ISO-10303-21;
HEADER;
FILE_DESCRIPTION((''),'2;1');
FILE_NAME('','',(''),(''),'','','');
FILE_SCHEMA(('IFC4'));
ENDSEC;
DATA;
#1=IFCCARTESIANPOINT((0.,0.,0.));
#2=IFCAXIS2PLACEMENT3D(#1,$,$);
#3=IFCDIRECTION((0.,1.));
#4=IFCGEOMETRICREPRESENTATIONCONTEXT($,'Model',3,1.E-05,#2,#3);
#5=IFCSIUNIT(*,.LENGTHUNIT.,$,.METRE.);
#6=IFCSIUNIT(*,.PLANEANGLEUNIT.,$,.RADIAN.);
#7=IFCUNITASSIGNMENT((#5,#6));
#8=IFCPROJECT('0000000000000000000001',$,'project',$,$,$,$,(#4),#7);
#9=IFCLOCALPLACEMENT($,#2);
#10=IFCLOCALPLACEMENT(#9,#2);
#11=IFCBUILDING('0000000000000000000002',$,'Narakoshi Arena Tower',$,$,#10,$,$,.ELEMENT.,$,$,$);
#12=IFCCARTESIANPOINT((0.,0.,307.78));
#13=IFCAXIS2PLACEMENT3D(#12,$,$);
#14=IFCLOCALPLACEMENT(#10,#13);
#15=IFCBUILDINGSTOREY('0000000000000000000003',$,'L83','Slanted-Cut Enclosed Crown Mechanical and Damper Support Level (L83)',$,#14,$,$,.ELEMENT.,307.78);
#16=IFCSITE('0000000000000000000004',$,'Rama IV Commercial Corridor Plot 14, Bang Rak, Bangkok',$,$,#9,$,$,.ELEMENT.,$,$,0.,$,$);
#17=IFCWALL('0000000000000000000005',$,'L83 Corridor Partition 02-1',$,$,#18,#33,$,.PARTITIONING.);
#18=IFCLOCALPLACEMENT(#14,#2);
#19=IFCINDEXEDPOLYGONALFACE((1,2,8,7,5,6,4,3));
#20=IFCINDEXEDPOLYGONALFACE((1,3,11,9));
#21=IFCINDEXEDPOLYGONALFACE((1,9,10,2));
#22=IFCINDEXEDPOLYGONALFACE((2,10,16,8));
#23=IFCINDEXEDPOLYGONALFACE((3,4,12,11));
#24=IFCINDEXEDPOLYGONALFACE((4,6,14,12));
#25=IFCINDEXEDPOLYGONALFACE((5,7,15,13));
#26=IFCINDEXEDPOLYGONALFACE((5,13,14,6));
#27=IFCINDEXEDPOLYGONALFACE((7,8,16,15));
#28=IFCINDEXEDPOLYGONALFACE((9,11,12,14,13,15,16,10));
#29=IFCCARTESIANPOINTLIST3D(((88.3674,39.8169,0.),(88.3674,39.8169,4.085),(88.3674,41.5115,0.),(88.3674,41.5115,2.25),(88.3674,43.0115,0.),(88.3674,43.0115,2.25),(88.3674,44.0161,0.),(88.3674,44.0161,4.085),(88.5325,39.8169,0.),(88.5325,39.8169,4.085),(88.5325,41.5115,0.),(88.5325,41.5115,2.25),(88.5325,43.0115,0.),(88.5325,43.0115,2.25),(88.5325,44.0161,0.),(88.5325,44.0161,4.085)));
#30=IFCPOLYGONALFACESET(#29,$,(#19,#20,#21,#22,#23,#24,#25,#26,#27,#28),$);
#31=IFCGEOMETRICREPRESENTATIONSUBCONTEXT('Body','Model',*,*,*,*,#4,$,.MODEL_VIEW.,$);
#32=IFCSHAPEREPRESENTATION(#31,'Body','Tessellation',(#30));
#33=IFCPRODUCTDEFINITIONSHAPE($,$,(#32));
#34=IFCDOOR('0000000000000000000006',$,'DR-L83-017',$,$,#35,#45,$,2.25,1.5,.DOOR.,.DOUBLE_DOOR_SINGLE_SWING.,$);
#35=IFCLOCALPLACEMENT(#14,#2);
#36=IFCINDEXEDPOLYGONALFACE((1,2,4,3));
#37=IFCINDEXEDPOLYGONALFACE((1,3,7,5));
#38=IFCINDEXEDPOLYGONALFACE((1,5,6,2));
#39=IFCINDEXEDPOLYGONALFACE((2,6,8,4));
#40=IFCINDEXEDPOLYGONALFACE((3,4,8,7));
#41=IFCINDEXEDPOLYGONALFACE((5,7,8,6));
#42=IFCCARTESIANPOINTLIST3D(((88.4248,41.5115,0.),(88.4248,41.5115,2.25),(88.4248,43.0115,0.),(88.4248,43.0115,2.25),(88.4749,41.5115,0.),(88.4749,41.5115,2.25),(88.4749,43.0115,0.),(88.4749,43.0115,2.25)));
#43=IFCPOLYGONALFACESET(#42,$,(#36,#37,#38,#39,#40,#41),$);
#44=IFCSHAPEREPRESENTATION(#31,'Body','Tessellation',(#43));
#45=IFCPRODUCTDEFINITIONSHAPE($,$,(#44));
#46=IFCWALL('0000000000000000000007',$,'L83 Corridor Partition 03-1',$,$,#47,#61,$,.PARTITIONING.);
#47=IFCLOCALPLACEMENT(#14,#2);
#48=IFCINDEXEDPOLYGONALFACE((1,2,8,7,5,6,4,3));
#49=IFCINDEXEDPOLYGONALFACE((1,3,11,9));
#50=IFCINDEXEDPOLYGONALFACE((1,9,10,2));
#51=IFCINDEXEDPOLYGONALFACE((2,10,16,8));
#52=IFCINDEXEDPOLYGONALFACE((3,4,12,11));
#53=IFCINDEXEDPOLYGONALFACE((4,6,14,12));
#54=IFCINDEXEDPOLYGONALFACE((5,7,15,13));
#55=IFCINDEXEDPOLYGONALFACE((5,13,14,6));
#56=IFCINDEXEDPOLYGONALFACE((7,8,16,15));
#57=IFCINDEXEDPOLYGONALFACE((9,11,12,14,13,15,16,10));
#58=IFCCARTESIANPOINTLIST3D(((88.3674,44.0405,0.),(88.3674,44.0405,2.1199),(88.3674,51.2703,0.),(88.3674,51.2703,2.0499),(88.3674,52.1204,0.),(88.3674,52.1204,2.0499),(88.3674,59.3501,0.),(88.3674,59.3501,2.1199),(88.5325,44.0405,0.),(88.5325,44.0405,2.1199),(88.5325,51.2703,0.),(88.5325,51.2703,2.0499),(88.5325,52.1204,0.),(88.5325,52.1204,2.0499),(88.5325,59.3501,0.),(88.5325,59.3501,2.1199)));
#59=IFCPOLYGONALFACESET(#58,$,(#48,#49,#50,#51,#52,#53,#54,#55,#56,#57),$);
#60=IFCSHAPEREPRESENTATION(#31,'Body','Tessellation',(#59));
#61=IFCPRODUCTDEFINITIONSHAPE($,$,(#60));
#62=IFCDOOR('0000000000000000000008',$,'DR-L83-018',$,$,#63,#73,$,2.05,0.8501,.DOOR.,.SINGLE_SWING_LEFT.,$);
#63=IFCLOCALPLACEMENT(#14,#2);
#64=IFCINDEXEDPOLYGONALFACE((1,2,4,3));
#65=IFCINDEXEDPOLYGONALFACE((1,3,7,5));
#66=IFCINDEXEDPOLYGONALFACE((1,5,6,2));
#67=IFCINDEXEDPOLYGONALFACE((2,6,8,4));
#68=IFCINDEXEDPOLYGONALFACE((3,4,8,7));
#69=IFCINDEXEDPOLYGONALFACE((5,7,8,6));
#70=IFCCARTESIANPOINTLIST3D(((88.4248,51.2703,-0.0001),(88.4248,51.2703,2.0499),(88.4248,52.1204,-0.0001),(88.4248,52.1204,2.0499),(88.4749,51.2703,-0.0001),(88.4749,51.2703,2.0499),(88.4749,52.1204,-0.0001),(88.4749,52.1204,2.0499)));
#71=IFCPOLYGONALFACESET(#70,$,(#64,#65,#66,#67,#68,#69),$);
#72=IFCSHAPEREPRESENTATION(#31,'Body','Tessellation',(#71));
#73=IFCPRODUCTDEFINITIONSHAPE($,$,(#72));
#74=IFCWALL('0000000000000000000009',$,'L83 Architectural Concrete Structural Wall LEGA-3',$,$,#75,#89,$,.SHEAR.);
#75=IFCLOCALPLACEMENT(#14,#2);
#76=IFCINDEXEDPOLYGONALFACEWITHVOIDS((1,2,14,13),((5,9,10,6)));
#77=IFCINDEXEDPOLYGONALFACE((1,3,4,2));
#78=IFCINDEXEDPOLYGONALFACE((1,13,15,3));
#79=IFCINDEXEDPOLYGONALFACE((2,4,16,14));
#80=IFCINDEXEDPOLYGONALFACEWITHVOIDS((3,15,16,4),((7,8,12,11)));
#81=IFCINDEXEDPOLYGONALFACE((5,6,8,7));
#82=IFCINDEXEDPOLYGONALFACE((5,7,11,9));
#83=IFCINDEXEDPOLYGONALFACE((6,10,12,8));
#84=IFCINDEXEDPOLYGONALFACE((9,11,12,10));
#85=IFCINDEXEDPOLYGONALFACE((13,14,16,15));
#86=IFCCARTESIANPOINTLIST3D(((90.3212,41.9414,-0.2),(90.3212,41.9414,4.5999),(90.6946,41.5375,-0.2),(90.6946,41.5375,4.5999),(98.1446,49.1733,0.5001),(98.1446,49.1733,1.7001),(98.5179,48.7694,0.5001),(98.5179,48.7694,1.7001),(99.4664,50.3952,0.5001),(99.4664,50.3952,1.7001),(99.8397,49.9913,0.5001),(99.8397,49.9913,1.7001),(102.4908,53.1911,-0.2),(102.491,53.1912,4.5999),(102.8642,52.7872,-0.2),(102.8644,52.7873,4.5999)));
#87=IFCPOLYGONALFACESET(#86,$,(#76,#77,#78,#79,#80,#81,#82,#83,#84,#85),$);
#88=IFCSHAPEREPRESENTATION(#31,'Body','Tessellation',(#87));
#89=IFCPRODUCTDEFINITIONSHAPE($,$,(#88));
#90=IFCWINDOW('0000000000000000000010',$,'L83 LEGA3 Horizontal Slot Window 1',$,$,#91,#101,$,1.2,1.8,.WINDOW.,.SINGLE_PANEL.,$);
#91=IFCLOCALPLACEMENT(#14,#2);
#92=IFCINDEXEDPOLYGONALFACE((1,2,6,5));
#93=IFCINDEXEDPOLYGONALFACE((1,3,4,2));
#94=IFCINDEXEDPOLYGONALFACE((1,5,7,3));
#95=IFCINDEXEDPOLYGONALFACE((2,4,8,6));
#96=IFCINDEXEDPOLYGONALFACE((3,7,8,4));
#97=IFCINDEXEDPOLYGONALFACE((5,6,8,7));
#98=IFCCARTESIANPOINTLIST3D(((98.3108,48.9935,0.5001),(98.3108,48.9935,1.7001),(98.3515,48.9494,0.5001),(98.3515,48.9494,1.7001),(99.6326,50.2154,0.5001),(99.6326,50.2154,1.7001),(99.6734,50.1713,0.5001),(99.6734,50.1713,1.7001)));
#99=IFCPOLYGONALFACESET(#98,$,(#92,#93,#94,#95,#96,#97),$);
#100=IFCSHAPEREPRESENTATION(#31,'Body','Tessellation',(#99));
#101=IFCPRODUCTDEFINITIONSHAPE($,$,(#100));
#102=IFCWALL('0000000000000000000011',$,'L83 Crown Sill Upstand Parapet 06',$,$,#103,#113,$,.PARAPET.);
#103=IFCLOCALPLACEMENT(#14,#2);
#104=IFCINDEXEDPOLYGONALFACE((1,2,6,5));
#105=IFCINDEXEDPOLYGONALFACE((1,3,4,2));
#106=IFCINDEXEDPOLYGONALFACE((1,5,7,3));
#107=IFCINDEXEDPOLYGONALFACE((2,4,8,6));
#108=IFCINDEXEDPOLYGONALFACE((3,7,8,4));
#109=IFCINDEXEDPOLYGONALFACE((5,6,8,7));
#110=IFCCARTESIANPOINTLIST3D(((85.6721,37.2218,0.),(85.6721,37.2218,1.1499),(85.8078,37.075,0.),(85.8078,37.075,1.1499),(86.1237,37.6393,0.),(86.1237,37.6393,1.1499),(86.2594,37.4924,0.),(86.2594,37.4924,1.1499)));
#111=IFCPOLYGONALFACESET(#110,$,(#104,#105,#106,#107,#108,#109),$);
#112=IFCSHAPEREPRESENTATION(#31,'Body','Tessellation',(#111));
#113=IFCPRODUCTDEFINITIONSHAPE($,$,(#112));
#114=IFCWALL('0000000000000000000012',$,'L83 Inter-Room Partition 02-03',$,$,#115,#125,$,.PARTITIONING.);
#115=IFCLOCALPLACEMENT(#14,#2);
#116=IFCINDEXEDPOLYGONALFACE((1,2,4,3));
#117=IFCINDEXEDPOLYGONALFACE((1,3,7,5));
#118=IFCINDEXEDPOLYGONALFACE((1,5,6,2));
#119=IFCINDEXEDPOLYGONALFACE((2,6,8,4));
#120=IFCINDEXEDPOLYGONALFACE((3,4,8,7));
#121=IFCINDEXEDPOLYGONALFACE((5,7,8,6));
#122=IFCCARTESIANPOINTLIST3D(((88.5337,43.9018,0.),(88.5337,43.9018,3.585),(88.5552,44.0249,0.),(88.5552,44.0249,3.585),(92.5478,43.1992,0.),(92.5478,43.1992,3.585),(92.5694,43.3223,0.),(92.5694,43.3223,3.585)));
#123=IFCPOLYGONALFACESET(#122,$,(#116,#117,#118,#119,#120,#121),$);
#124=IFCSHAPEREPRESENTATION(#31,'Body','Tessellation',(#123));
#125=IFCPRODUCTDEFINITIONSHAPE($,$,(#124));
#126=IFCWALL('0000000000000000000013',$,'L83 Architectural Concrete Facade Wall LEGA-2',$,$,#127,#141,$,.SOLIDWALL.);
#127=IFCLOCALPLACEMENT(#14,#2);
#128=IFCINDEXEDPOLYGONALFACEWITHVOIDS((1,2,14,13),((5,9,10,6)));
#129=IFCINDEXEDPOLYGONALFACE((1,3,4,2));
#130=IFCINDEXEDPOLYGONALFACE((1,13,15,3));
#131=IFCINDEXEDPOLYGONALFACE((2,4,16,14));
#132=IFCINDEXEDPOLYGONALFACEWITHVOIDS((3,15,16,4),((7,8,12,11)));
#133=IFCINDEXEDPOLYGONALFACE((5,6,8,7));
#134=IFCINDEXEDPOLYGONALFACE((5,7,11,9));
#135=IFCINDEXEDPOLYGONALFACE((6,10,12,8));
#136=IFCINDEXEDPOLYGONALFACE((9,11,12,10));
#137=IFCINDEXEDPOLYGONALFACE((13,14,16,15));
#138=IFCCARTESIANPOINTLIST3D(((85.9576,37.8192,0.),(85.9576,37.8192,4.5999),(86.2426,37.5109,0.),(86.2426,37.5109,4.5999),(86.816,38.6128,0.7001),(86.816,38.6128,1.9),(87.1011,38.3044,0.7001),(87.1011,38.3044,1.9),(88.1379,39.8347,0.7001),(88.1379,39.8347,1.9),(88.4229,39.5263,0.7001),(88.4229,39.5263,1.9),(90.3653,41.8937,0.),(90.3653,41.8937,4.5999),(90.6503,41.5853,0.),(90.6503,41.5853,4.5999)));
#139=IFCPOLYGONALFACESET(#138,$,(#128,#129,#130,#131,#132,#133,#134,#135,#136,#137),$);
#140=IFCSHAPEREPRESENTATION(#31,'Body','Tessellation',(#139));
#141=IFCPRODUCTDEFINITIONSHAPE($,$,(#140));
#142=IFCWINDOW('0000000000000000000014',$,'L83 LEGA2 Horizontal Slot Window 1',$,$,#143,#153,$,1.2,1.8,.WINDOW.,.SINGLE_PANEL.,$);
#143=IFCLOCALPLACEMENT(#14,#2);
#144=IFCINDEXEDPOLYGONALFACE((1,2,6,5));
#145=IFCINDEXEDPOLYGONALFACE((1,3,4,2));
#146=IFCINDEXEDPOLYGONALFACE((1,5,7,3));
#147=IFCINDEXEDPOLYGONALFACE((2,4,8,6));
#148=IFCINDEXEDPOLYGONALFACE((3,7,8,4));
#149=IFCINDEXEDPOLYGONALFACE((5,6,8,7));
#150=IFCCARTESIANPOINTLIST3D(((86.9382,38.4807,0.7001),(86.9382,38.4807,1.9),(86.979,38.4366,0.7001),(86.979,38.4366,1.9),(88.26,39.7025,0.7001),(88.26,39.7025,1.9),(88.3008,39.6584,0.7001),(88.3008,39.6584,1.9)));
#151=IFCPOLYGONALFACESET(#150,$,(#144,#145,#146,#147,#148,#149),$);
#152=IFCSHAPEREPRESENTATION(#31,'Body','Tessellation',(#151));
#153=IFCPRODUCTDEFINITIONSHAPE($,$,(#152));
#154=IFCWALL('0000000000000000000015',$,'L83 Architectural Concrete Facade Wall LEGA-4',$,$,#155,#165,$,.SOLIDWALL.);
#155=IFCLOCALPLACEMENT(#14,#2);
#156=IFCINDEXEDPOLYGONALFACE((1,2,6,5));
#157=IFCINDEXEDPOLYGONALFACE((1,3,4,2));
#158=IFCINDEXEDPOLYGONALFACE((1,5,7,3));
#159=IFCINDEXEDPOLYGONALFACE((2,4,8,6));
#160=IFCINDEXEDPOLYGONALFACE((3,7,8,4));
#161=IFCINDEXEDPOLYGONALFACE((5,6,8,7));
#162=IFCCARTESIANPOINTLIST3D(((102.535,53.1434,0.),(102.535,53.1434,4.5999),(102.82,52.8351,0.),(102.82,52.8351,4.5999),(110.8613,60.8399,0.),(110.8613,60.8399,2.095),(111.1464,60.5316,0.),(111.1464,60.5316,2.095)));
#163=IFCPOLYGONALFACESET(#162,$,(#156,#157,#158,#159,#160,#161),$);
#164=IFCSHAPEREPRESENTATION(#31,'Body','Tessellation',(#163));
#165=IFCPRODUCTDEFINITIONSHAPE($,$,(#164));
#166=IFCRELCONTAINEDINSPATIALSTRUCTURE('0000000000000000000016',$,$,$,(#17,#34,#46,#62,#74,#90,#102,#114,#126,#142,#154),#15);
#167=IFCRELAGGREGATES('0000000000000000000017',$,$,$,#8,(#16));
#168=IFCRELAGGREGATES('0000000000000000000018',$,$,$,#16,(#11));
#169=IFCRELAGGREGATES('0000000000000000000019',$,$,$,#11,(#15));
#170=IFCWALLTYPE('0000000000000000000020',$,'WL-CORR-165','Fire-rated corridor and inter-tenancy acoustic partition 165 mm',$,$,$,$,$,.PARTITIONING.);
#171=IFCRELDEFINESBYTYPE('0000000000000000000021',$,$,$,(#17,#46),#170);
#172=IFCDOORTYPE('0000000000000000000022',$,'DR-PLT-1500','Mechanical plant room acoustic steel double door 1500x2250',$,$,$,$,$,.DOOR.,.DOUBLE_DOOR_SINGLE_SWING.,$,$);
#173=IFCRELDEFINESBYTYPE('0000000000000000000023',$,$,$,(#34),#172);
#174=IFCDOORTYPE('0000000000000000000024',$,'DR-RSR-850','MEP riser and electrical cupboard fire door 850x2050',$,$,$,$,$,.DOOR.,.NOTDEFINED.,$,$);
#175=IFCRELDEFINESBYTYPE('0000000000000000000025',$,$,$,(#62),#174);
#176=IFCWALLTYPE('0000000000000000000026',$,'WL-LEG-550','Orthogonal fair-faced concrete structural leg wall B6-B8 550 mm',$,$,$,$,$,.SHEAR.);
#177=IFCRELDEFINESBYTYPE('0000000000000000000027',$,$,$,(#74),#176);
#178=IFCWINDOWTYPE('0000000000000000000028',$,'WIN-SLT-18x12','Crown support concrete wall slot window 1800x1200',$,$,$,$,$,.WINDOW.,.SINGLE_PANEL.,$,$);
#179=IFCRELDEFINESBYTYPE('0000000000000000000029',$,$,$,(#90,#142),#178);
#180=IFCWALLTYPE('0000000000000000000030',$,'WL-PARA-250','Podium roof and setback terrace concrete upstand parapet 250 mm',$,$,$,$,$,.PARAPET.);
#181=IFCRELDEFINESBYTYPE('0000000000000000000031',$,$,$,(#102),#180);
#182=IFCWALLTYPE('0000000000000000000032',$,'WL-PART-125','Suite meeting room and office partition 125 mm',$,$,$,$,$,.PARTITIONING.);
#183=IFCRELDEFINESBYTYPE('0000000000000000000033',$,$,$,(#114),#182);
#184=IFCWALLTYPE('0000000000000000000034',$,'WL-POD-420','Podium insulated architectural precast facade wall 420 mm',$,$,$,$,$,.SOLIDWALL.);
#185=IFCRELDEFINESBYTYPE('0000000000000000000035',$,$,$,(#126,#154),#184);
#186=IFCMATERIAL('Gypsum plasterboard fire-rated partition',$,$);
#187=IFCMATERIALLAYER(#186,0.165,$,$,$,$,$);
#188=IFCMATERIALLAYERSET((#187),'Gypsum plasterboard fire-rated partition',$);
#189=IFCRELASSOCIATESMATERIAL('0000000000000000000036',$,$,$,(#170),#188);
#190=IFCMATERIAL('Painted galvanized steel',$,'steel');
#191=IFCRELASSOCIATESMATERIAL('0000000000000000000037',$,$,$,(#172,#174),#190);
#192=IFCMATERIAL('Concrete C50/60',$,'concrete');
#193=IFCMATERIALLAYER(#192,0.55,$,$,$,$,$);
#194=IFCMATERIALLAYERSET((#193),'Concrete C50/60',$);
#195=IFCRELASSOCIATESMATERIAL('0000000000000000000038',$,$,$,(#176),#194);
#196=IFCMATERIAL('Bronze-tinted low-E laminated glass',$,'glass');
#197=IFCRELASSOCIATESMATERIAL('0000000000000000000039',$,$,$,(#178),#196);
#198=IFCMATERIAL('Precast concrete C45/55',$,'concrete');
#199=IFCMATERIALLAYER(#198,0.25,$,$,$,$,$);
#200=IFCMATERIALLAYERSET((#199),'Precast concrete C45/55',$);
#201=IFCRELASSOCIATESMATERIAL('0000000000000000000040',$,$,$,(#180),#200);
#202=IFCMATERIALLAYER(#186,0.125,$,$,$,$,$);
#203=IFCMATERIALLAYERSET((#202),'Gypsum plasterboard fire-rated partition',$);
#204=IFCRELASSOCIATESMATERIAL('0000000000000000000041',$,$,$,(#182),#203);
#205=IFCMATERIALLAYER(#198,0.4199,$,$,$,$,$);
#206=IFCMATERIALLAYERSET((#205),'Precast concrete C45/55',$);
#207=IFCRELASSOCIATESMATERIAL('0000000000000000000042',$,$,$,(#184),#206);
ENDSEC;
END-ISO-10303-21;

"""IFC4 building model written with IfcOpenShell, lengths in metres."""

from ifc_helpers import new_model, si_unit, direction, frame, frame_2d, origin, place, context, subcontext, project, spatial, polyline, rectangle, outline, extrude, material, layer, layer_set, type_object, element, fill, save


model = new_model("IFC4")

# Units and contexts
model_context = context("Model", 3, precision=1e-05, world=origin(), true_north=direction((0.0, 1.0)))
body_context = subcontext(model_context, "Body", "Model", "MODEL_VIEW")
ifc_project = project(units=[si_unit("LENGTHUNIT", "METRE"), si_unit("PLANEANGLEUNIT", "RADIAN")], contexts=[model_context])

# Site, building, storey
site_placement = place(None, origin())
site = spatial("IfcSite", under=ifc_project, at=site_placement, Name="Rama IV Commercial Corridor Plot 14, Bang Rak, Bangkok", CompositionType="ELEMENT", RefElevation=0.0)
building_placement = place(site_placement, origin())
building = spatial("IfcBuilding", under=site, at=building_placement, Name="Narakoshi Arena Tower", CompositionType="ELEMENT")
storey_placement = place(building_placement, frame((0.0, 0.0, 307.78)))
storey = spatial("IfcBuildingStorey", under=building, at=storey_placement, Name="L83", Description="Slanted-Cut Enclosed Crown Mechanical and Damper Support Level (L83)", CompositionType="ELEMENT", Elevation=307.78)

# Shared definitions
ifc_material_1 = material(Name="Concrete C50/60", Category="concrete")

# Walls, openings, doors
ifc_material_2 = material(Name="Gypsum plasterboard fire-rated partition")
ifc_layer_1 = layer(ifc_material_2, 0.165)
ifc_layer_set_1 = layer_set([ifc_layer_1], Name="Gypsum plasterboard fire-rated partition")
wall_type_1 = type_object("IfcWallType", Name="WL-CORR-165", Description="Fire-rated corridor and inter-tenancy acoustic partition 165 mm", PredefinedType="PARTITIONING", material=ifc_layer_set_1)
wall_1_placement = place(storey_placement, frame((88.45, 39.8169, 0.0), z_axis=(0.0, 0.0, 1.0), x_axis=(0.0, 1.0, 0.0)))
wall_1 = element("IfcWall", 1, at=wall_1_placement, inside=storey, type_object=wall_type_1, Name="L83 Corridor Partition 02-1", PredefinedType="PARTITIONING", context=body_context, shape_type="SweptSolid", body=[
    extrude(rectangle(XDim=4.1992, YDim=0.165, at=frame_2d((2.0996, 0.0))), origin(), (0.0, 0.0, 1.0), 4.085),
])
opening_1_placement = place(wall_1_placement, frame((1.6946, 0.0, 0.0)))
opening_1 = element("IfcOpeningElement", 2, at=opening_1_placement, cuts=wall_1, PredefinedType="OPENING", context=body_context, shape_type="SweptSolid", body=[
    extrude(rectangle(XDim=1.5, YDim=2.25, at=frame_2d((0.75, 1.125))), frame((0.0, 0.0925, 0.0), z_axis=(0.0, -1.0, 0.0), x_axis=(1.0, 0.0, 0.0)), (0.0, 0.0, 1.0), 0.1851),
])
ifc_material_3 = material(Name="Painted galvanized steel", Category="steel")
door_type_1 = type_object("IfcDoorType", Name="DR-PLT-1500", Description="Mechanical plant room acoustic steel double door 1500x2250", OperationType="DOUBLE_DOOR_SINGLE_SWING", PredefinedType="DOOR", material=ifc_material_3)
door_1_placement = place(opening_1_placement, frame((1.5, 0.0, 0.0), z_axis=(0.0, 0.0, 1.0), x_axis=(-1.0, 0.0, 0.0)))
door_1 = element("IfcDoor", 3, at=door_1_placement, inside=storey, type_object=door_type_1, Name="DR-L83-017", OperationType="DOUBLE_DOOR_SINGLE_SWING", OverallHeight=2.25, OverallWidth=1.5, PredefinedType="DOOR", context=body_context, shape_type="SweptSolid", body=[
    extrude(rectangle(XDim=1.5, YDim=2.25, at=frame_2d((0.75, 1.125))), frame((0.0, 0.0249, 0.0), z_axis=(0.0, -1.0, 0.0), x_axis=(1.0, 0.0, 0.0)), (0.0, 0.0, 1.0), 0.05),
])
fill(opening_1, door_1)
wall_2_placement = place(storey_placement, frame((88.45, 44.0405, 0.0), z_axis=(0.0, 0.0, 1.0), x_axis=(0.0, 1.0, 0.0)))
wall_2 = element("IfcWall", 4, at=wall_2_placement, inside=storey, type_object=wall_type_1, Name="L83 Corridor Partition 03-1", PredefinedType="PARTITIONING", context=body_context, shape_type="SweptSolid", body=[
    extrude(rectangle(XDim=15.3096, YDim=0.165, at=frame_2d((7.6548, 0.0))), origin(), (0.0, 0.0, 1.0), 2.1199),
])
opening_2_placement = place(wall_2_placement, frame((7.2297, 0.0, 0.0)))
opening_2 = element("IfcOpeningElement", 5, at=opening_2_placement, cuts=wall_2, PredefinedType="OPENING", context=body_context, shape_type="SweptSolid", body=[
    extrude(rectangle(XDim=0.8501, YDim=2.05, at=frame_2d((0.425, 1.0249))), frame((0.0, 0.0925, 0.0), z_axis=(0.0, -1.0, 0.0), x_axis=(1.0, 0.0, 0.0)), (0.0, 0.0, 1.0), 0.1851),
])
door_type_2 = type_object("IfcDoorType", Name="DR-RSR-850", Description="MEP riser and electrical cupboard fire door 850x2050", OperationType="NOTDEFINED", PredefinedType="DOOR", material=ifc_material_3)
door_2_placement = place(opening_2_placement, frame((0.8501, 0.0, 0.0), z_axis=(0.0, 0.0, 1.0), x_axis=(-1.0, 0.0, 0.0)))
door_2 = element("IfcDoor", 6, at=door_2_placement, inside=storey, type_object=door_type_2, Name="DR-L83-018", OperationType="SINGLE_SWING_LEFT", OverallHeight=2.05, OverallWidth=0.8501, PredefinedType="DOOR", context=body_context, shape_type="SweptSolid", body=[
    extrude(rectangle(XDim=0.8501, YDim=2.05, at=frame_2d((0.425, 1.0249))), frame((0.0, 0.0249, 0.0), z_axis=(0.0, -1.0, 0.0), x_axis=(1.0, 0.0, 0.0)), (0.0, 0.0, 1.0), 0.05),
])
fill(opening_2, door_2)

# Wall, opening, window
ifc_layer_2 = layer(ifc_material_1, 0.55)
ifc_layer_set_2 = layer_set([ifc_layer_2], Name="Concrete C50/60")
wall_type_2 = type_object("IfcWallType", Name="WL-LEG-550", Description="Orthogonal fair-faced concrete structural leg wall B6-B8 550 mm", PredefinedType="SHEAR", material=ifc_layer_set_2)
wall_3_placement = place(storey_placement, frame((90.5078, 41.7395, -0.2), z_axis=(0.0, 0.0, 1.0), x_axis=(0.734316, 0.678808, 0.0)))
wall_3 = element("IfcWall", 7, at=wall_3_placement, inside=storey, type_object=wall_type_2, Name="L83 Architectural Concrete Structural Wall LEGA-3", PredefinedType="SHEAR", context=body_context, shape_type="SweptSolid", body=[
    extrude(outline(polyline([(0.0, 0.0), (16.5728, 0.0), (16.573, 4.7998), (0.0, 4.7998), (0.0, 0.0)])), frame((0.0, 0.2749, 0.0), z_axis=(0.0, -1.0, 0.0), x_axis=(1.0, 0.0, 0.0)), (0.0, 0.0, 1.0), 0.55),
])
opening_3_placement = place(wall_3_placement, frame((10.6541, 0.0, 0.7)))
opening_3 = element("IfcOpeningElement", 8, at=opening_3_placement, cuts=wall_3, PredefinedType="OPENING", context=body_context, shape_type="SweptSolid", body=[
    extrude(rectangle(XDim=1.8, YDim=1.2, at=frame_2d((0.8999, 0.6001))), frame((0.0, 0.2849, 0.0), z_axis=(0.0, -1.0, 0.0), x_axis=(1.0, 0.0, 0.0)), (0.0, 0.0, 1.0), 0.5701),
])
ifc_material_4 = material(Name="Bronze-tinted low-E laminated glass", Category="glass")
window_type = type_object("IfcWindowType", Name="WIN-SLT-18x12", Description="Crown support concrete wall slot window 1800x1200", PartitioningType="SINGLE_PANEL", PredefinedType="WINDOW", material=ifc_material_4)
window_1_placement = place(opening_3_placement, origin())
window_1 = element("IfcWindow", 9, at=window_1_placement, inside=storey, type_object=window_type, Name="L83 LEGA3 Horizontal Slot Window 1", OverallHeight=1.2, OverallWidth=1.8, PartitioningType="SINGLE_PANEL", PredefinedType="WINDOW", context=body_context, shape_type="SweptSolid", body=[
    extrude(rectangle(XDim=1.8, YDim=1.2, at=frame_2d((0.8999, 0.6001))), frame((0.0, 0.03, 0.0), z_axis=(0.0, -1.0, 0.0), x_axis=(1.0, 0.0, 0.0)), (0.0, 0.0, 1.0), 0.0601),
])
fill(opening_3, window_1)

# Walls
ifc_material_5 = material(Name="Precast concrete C45/55", Category="concrete")
ifc_layer_3 = layer(ifc_material_5, 0.25)
ifc_layer_set_3 = layer_set([ifc_layer_3], Name="Precast concrete C45/55")
wall_type_3 = type_object("IfcWallType", Name="WL-PARA-250", Description="Podium roof and setback terrace concrete upstand parapet 250 mm", PredefinedType="PARAPET", material=ifc_layer_set_3)
wall_4_placement = place(storey_placement, frame((86.1917, 37.5659, 0.0), z_axis=(0.0, 0.0, 1.0), x_axis=(-0.734347, -0.678775, 0.0)))
element("IfcWall", 10, at=wall_4_placement, inside=storey, type_object=wall_type_3, Name="L83 Crown Sill Upstand Parapet 06", PredefinedType="PARAPET", context=body_context, shape_type="SweptSolid", body=[
    extrude(rectangle(XDim=0.615, YDim=0.2, at=frame_2d((0.3076, 0.0))), origin(), (0.0, 0.0, 1.0), 1.1499),
])
ifc_layer_4 = layer(ifc_material_2, 0.125)
ifc_layer_set_4 = layer_set([ifc_layer_4], Name="Gypsum plasterboard fire-rated partition")
wall_type_4 = type_object("IfcWallType", Name="WL-PART-125", Description="Suite meeting room and office partition 125 mm", PredefinedType="PARTITIONING", material=ifc_layer_set_4)
wall_5_placement = place(storey_placement, frame((88.5444, 43.9634, 0.0), z_axis=(0.0, 0.0, 1.0), x_axis=(0.985024, -0.172418, 0.0)))
element("IfcWall", 11, at=wall_5_placement, inside=storey, type_object=wall_type_4, Name="L83 Inter-Room Partition 02-03", PredefinedType="PARTITIONING", context=body_context, shape_type="SweptSolid", body=[
    extrude(rectangle(XDim=4.0752, YDim=0.125, at=frame_2d((2.0376, 0.0))), origin(), (0.0, 0.0, 1.0), 3.585),
])

# Wall, opening, window
ifc_layer_5 = layer(ifc_material_5, 0.4199)
ifc_layer_set_5 = layer_set([ifc_layer_5], Name="Precast concrete C45/55")
wall_type_5 = type_object("IfcWallType", Name="WL-POD-420", Description="Podium insulated architectural precast facade wall 420 mm", PredefinedType="SOLIDWALL", material=ifc_layer_set_5)
wall_6_placement = place(storey_placement, frame((86.1001, 37.665, 0.0), z_axis=(0.0, 0.0, 1.0), x_axis=(0.734321, 0.678802, 0.0)))
wall_6 = element("IfcWall", 12, at=wall_6_placement, inside=storey, type_object=wall_type_5, Name="L83 Architectural Concrete Facade Wall LEGA-2", PredefinedType="SOLIDWALL", context=body_context, shape_type="SweptSolid", body=[
    extrude(outline(polyline([(0.0, 0.0), (6.0024, 0.0), (6.0024, 4.5999), (0.0, 4.5999), (0.0, 0.0)])), frame((0.0, 0.21, 0.0), z_axis=(0.0, -1.0, 0.0), x_axis=(1.0, 0.0, 0.0)), (0.0, 0.0, 1.0), 0.4199),
])
opening_4_placement = place(wall_6_placement, frame((1.1692, 0.0, 0.7)))
opening_4 = element("IfcOpeningElement", 13, at=opening_4_placement, cuts=wall_6, PredefinedType="OPENING", context=body_context, shape_type="SweptSolid", body=[
    extrude(rectangle(XDim=1.8, YDim=1.2, at=frame_2d((0.8999, 0.6001))), frame((0.0, 0.22, 0.0), z_axis=(0.0, -1.0, 0.0), x_axis=(1.0, 0.0, 0.0)), (0.0, 0.0, 1.0), 0.4399),
])
window_2_placement = place(opening_4_placement, origin())
window_2 = element("IfcWindow", 14, at=window_2_placement, inside=storey, type_object=window_type, Name="L83 LEGA2 Horizontal Slot Window 1", OverallHeight=1.2, OverallWidth=1.8, PartitioningType="SINGLE_PANEL", PredefinedType="WINDOW", context=body_context, shape_type="SweptSolid", body=[
    extrude(rectangle(XDim=1.8, YDim=1.2, at=frame_2d((0.8999, 0.6001))), frame((0.0, 0.03, 0.0), z_axis=(0.0, -1.0, 0.0), x_axis=(1.0, 0.0, 0.0)), (0.0, 0.0, 1.0), 0.0601),
])
fill(opening_4, window_2)

# Wall
wall_7_placement = place(storey_placement, frame((102.6775, 52.9893, 0.0), z_axis=(0.0, 0.0, 1.0), x_axis=(0.734337, 0.678785, 0.0)))
element("IfcWall", 15, at=wall_7_placement, inside=storey, type_object=wall_type_5, Name="L83 Architectural Concrete Facade Wall LEGA-4", PredefinedType="SOLIDWALL", context=body_context, shape_type="SweptSolid", body=[
    extrude(outline(polyline([(0.0, 0.0), (11.3386, 0.0), (11.3386, 2.095), (0.0, 4.5999), (0.0, 0.0)])), frame((0.0, 0.21, 0.0), z_axis=(0.0, -1.0, 0.0), x_axis=(1.0, 0.0, 0.0)), (0.0, 0.0, 1.0), 0.4199),
])

save(model, "model.ifc")
